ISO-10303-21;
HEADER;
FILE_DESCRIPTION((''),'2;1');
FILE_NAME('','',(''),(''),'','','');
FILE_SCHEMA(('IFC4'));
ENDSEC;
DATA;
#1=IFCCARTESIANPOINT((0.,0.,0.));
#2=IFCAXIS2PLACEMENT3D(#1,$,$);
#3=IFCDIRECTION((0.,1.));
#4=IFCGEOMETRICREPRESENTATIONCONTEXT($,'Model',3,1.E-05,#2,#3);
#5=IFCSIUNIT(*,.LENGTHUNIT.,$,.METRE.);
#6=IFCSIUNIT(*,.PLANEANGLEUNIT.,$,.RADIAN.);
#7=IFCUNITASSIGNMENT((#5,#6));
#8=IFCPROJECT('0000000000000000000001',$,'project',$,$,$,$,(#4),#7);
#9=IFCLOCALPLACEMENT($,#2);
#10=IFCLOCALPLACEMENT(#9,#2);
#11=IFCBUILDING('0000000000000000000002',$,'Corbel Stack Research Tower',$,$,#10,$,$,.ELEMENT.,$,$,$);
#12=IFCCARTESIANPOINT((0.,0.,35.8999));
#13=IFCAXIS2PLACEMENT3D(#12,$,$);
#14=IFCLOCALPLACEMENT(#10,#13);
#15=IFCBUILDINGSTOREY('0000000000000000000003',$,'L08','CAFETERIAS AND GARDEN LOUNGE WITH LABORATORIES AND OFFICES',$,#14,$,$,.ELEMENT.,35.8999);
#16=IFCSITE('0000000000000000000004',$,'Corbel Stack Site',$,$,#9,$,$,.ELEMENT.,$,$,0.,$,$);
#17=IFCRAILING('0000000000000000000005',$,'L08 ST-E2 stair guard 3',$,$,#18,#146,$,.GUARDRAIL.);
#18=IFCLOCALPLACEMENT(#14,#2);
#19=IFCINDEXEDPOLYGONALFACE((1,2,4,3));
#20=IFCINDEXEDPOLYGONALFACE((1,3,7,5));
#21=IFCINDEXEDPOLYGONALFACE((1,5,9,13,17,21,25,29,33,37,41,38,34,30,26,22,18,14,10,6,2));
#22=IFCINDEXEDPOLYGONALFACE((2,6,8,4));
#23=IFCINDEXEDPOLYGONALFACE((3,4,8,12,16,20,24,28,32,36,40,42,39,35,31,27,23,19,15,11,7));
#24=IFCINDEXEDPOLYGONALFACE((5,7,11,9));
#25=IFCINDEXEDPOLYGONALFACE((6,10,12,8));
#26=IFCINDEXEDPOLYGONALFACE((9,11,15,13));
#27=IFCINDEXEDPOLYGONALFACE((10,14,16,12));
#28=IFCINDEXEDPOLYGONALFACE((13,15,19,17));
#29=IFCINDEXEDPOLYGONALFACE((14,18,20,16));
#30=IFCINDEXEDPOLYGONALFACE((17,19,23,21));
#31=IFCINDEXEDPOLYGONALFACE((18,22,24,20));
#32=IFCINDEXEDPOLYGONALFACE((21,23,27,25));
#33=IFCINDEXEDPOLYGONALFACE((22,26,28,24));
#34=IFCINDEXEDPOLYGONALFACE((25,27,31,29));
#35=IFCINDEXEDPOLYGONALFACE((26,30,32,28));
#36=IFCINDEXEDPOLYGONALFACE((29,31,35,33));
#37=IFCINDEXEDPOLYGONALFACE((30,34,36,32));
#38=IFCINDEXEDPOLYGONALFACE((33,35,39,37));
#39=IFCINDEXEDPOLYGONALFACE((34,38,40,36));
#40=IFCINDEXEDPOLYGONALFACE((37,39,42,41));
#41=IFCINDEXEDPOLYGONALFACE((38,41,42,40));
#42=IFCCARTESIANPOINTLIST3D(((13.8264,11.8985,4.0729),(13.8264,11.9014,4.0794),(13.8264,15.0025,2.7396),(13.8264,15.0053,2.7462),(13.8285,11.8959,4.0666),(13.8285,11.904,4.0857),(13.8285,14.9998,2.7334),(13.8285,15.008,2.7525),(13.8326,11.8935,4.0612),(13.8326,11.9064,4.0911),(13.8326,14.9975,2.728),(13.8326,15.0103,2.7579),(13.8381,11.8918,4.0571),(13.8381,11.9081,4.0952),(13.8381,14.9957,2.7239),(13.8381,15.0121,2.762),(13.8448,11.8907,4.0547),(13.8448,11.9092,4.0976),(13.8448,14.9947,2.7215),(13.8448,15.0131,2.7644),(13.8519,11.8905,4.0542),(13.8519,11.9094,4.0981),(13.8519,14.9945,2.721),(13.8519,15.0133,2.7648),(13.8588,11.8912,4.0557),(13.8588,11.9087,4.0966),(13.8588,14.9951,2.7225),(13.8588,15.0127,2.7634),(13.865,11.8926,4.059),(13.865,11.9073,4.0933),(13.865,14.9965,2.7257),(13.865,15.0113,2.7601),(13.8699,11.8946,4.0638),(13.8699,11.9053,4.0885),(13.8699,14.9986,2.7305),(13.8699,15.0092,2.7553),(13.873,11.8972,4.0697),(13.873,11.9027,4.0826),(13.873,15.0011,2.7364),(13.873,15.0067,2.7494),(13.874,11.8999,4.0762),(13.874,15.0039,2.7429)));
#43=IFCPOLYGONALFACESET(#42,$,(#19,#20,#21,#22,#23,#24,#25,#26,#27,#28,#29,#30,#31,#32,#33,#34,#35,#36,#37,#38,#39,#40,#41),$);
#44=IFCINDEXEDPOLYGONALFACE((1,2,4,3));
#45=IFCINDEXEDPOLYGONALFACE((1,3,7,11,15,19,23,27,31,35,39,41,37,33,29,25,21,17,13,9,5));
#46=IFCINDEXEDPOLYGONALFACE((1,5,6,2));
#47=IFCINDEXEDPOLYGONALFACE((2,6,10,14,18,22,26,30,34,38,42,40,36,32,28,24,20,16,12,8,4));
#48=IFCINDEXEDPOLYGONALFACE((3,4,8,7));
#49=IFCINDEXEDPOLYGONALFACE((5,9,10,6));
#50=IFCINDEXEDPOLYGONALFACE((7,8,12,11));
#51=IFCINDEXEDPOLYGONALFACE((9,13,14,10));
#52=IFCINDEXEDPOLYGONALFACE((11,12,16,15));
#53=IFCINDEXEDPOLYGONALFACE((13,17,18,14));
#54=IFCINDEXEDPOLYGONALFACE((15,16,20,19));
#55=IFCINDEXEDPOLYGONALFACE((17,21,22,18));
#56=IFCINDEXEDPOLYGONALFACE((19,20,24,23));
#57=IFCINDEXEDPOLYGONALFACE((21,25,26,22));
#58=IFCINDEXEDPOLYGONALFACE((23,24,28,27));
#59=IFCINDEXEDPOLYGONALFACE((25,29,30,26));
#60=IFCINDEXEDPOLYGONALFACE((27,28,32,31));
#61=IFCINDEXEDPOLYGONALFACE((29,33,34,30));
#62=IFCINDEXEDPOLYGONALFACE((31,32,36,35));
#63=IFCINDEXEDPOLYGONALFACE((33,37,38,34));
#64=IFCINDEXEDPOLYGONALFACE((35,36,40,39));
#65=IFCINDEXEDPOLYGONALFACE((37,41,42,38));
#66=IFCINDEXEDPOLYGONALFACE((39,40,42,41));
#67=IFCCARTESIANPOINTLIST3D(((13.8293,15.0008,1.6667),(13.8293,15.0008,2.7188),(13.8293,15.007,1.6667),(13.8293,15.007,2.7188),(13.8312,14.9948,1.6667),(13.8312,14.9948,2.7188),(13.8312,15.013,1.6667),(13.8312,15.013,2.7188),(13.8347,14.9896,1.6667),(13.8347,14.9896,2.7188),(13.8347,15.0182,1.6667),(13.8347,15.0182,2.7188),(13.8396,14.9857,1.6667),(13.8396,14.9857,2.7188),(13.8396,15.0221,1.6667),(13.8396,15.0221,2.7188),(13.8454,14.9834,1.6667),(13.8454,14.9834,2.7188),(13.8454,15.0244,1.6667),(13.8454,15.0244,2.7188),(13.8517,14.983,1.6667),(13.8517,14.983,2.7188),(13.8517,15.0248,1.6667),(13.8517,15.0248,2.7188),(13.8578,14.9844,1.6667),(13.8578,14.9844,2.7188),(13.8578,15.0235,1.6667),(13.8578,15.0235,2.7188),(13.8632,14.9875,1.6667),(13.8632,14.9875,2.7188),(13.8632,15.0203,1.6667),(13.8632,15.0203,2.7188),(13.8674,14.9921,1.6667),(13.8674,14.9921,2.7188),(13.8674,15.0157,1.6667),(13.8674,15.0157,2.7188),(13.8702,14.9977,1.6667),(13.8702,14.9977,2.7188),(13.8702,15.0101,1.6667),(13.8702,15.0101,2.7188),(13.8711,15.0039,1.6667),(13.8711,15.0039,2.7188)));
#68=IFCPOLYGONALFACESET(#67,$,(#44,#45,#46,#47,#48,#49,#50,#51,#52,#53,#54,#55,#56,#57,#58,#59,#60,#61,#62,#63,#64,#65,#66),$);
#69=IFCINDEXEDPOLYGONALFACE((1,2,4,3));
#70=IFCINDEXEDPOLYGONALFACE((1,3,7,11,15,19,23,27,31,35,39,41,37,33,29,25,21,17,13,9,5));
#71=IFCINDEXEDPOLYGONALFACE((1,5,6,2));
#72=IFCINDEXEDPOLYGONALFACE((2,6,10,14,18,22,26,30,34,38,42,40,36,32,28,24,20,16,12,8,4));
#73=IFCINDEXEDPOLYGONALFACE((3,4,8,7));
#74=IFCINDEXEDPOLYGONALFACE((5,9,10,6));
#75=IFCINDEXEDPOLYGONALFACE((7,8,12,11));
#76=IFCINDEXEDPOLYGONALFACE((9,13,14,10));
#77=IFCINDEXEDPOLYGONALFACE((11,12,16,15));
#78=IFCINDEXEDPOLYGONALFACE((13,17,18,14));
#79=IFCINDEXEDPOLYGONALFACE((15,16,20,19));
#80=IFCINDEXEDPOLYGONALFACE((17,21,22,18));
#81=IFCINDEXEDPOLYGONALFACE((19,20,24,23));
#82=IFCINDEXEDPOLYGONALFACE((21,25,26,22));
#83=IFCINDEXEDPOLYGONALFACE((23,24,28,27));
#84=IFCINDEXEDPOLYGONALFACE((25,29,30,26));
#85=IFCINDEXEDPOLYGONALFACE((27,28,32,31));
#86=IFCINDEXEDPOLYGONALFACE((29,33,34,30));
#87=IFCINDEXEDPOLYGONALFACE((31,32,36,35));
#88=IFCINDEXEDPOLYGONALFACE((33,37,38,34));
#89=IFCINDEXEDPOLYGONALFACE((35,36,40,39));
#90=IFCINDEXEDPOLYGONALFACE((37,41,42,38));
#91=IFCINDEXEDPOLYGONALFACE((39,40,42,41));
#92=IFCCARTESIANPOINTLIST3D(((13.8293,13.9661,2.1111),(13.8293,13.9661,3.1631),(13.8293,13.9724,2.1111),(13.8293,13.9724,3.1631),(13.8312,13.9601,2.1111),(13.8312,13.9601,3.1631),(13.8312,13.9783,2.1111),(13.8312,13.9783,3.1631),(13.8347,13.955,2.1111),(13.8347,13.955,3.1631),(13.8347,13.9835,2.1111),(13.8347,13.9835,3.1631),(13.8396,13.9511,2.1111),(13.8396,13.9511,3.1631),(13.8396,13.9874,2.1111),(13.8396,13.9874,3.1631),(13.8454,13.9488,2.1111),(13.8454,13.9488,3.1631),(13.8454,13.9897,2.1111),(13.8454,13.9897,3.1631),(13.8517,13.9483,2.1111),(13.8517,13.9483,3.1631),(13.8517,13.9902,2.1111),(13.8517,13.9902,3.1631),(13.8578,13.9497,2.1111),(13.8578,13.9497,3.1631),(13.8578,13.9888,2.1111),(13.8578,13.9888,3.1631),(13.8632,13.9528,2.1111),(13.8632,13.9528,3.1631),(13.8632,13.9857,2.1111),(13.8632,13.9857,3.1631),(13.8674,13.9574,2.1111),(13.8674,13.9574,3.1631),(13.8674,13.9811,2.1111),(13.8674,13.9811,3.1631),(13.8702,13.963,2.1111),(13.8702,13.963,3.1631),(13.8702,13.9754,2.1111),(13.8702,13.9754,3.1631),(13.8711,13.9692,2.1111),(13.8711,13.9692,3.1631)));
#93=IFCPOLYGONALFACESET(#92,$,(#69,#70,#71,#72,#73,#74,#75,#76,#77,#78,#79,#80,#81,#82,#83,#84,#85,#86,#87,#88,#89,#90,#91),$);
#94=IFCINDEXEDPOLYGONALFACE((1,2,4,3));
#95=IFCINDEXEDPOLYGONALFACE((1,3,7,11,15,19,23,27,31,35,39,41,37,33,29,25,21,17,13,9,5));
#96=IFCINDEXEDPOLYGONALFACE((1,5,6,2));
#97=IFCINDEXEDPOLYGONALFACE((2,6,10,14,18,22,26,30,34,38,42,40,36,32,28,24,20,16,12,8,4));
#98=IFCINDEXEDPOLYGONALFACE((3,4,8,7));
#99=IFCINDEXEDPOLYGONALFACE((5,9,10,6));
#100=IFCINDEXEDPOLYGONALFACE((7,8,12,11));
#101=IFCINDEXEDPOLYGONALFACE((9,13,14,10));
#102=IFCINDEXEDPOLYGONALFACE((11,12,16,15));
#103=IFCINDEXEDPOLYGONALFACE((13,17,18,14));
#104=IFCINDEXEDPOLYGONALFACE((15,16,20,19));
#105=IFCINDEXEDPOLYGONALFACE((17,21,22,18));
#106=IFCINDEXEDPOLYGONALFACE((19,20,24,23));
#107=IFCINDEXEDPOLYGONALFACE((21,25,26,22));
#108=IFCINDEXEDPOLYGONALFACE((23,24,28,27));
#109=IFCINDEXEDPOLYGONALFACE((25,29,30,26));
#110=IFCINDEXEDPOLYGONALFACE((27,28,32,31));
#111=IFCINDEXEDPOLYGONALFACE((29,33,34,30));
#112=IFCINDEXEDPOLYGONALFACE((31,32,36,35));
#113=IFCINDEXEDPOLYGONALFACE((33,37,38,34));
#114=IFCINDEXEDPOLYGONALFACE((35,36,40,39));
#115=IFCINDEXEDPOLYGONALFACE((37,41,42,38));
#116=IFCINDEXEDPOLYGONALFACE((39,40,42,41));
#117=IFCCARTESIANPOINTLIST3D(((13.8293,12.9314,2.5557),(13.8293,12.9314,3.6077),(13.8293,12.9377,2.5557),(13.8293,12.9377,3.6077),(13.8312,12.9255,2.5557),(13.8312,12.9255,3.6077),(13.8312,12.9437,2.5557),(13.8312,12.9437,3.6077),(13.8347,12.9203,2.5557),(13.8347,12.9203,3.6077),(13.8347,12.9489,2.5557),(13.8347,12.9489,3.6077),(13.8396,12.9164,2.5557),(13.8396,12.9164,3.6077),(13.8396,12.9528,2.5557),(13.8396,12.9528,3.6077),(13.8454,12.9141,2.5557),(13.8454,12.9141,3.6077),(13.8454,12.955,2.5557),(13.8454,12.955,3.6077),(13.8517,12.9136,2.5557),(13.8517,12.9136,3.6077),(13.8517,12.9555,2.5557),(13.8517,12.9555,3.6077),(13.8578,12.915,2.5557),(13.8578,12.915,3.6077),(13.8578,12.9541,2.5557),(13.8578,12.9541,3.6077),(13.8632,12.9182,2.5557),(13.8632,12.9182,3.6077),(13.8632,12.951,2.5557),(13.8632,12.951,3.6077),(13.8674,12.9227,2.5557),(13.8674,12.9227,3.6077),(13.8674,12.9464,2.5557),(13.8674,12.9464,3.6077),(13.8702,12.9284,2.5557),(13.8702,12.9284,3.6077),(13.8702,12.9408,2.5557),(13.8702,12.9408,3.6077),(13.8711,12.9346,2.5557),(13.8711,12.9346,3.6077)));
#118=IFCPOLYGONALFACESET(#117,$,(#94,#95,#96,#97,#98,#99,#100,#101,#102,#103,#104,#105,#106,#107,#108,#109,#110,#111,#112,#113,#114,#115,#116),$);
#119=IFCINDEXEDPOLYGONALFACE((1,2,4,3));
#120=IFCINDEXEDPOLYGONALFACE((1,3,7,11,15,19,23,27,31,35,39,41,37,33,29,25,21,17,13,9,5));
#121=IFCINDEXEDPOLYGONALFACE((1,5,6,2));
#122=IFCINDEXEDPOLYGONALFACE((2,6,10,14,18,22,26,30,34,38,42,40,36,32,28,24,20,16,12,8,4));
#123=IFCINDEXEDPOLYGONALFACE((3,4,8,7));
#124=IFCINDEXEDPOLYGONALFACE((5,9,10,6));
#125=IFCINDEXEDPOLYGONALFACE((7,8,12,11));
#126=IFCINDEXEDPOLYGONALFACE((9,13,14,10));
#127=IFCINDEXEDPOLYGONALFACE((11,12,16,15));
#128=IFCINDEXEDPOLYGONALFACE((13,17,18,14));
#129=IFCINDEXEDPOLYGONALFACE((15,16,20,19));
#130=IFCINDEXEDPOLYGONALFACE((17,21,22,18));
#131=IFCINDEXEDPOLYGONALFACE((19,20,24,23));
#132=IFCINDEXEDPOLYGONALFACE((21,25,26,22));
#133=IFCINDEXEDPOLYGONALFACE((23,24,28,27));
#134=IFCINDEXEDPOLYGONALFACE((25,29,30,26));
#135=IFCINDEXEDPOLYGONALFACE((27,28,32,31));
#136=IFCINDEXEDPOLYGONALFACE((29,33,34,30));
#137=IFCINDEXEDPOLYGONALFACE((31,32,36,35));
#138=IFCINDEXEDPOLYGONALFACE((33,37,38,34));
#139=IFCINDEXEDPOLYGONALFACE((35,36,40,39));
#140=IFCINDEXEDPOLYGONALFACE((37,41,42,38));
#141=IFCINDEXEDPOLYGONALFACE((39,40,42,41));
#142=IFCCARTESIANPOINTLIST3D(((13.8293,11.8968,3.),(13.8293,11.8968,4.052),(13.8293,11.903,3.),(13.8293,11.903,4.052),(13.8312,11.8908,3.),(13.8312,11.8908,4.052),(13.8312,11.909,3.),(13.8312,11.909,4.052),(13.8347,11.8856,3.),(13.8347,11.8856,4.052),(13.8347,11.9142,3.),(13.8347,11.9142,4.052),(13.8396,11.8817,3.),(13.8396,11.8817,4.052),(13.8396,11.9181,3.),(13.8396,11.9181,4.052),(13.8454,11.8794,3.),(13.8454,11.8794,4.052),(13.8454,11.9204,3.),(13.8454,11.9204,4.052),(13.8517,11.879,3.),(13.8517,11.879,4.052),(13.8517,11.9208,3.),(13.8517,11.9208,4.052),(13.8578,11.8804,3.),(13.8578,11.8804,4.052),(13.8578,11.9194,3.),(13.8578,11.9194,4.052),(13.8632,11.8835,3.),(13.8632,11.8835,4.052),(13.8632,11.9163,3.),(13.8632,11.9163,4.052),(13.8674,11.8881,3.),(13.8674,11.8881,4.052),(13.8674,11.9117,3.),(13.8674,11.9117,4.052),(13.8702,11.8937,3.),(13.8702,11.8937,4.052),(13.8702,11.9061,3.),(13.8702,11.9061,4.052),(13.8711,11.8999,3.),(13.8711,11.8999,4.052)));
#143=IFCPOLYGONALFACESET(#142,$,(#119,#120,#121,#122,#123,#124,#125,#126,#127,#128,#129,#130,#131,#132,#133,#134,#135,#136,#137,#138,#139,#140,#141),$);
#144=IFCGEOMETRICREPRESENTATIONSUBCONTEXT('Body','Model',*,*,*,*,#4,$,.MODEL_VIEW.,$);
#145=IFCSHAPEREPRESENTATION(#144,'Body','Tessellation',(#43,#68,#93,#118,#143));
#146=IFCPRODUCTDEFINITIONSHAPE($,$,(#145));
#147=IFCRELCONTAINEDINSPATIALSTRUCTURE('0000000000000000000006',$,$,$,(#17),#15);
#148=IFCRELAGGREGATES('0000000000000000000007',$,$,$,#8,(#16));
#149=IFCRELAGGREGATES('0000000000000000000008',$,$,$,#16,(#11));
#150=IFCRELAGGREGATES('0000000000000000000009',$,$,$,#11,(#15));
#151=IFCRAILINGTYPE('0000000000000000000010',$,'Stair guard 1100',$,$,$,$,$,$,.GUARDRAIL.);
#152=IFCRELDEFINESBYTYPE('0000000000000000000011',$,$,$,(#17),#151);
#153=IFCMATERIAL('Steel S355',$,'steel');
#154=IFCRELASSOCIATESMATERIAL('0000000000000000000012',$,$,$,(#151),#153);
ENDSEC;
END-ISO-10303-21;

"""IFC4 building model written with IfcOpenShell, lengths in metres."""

from ifc_helpers import new_model, si_unit, direction, frame, origin, origin_2d, place, context, subcontext, project, spatial, circle, extrude, material, type_object, element, save


model = new_model("IFC4")

# Units and contexts
model_context = context("Model", 3, precision=1e-05, world=origin(), true_north=direction((0.0, 1.0)))
body_context = subcontext(model_context, "Body", "Model", "MODEL_VIEW")
ifc_project = project(units=[si_unit("LENGTHUNIT", "METRE"), si_unit("PLANEANGLEUNIT", "RADIAN")], contexts=[model_context])

# Site, building, storey
site_placement = place(None, origin())
site = spatial("IfcSite", under=ifc_project, at=site_placement, Name="Corbel Stack Site", CompositionType="ELEMENT", RefElevation=0.0)
building_placement = place(site_placement, origin())
building = spatial("IfcBuilding", under=site, at=building_placement, Name="Corbel Stack Research Tower", CompositionType="ELEMENT")
storey_placement = place(building_placement, frame((0.0, 0.0, 35.8999)))
storey = spatial("IfcBuildingStorey", under=building, at=storey_placement, Name="L08", Description="CAFETERIAS AND GARDEN LOUNGE WITH LABORATORIES AND OFFICES", CompositionType="ELEMENT", Elevation=35.8999)

# Railing
ifc_material_1 = material(Name="Steel S355", Category="steel")
railing_type_1 = type_object("IfcRailingType", Name="Stair guard 1100", PredefinedType="GUARDRAIL", material=ifc_material_1)
railing_1_placement = place(storey_placement, frame((13.8501, 15.0039, 1.6667)))
element("IfcRailing", 1, at=railing_1_placement, inside=storey, type_object=railing_type_1, Name="L08 ST-E2 stair guard 3", PredefinedType="GUARDRAIL", context=body_context, shape_type="SweptSolid", body=[
    extrude(circle(Radius=0.0239, at=origin_2d()), frame((0.0, 0.0, 1.0762), z_axis=(0.0, -0.918827, 0.394661), x_axis=(1.0, 0.0, 0.0)), (0.0, 0.0, 1.0), 3.3782),
    extrude(circle(Radius=0.021, at=origin_2d()), origin(), (0.0, 0.0, 1.0), 1.052),
    extrude(circle(Radius=0.021, at=origin_2d()), frame((0.0, -1.0347, 0.4443)), (0.0, 0.0, 1.0), 1.052),
    extrude(circle(Radius=0.021, at=origin_2d()), frame((0.0, -2.0693, 0.8889)), (0.0, 0.0, 1.0), 1.052),
    extrude(circle(Radius=0.021, at=origin_2d()), frame((0.0, -3.104, 1.3333)), (0.0, 0.0, 1.0), 1.052),
])

save(model, "model.ifc")
